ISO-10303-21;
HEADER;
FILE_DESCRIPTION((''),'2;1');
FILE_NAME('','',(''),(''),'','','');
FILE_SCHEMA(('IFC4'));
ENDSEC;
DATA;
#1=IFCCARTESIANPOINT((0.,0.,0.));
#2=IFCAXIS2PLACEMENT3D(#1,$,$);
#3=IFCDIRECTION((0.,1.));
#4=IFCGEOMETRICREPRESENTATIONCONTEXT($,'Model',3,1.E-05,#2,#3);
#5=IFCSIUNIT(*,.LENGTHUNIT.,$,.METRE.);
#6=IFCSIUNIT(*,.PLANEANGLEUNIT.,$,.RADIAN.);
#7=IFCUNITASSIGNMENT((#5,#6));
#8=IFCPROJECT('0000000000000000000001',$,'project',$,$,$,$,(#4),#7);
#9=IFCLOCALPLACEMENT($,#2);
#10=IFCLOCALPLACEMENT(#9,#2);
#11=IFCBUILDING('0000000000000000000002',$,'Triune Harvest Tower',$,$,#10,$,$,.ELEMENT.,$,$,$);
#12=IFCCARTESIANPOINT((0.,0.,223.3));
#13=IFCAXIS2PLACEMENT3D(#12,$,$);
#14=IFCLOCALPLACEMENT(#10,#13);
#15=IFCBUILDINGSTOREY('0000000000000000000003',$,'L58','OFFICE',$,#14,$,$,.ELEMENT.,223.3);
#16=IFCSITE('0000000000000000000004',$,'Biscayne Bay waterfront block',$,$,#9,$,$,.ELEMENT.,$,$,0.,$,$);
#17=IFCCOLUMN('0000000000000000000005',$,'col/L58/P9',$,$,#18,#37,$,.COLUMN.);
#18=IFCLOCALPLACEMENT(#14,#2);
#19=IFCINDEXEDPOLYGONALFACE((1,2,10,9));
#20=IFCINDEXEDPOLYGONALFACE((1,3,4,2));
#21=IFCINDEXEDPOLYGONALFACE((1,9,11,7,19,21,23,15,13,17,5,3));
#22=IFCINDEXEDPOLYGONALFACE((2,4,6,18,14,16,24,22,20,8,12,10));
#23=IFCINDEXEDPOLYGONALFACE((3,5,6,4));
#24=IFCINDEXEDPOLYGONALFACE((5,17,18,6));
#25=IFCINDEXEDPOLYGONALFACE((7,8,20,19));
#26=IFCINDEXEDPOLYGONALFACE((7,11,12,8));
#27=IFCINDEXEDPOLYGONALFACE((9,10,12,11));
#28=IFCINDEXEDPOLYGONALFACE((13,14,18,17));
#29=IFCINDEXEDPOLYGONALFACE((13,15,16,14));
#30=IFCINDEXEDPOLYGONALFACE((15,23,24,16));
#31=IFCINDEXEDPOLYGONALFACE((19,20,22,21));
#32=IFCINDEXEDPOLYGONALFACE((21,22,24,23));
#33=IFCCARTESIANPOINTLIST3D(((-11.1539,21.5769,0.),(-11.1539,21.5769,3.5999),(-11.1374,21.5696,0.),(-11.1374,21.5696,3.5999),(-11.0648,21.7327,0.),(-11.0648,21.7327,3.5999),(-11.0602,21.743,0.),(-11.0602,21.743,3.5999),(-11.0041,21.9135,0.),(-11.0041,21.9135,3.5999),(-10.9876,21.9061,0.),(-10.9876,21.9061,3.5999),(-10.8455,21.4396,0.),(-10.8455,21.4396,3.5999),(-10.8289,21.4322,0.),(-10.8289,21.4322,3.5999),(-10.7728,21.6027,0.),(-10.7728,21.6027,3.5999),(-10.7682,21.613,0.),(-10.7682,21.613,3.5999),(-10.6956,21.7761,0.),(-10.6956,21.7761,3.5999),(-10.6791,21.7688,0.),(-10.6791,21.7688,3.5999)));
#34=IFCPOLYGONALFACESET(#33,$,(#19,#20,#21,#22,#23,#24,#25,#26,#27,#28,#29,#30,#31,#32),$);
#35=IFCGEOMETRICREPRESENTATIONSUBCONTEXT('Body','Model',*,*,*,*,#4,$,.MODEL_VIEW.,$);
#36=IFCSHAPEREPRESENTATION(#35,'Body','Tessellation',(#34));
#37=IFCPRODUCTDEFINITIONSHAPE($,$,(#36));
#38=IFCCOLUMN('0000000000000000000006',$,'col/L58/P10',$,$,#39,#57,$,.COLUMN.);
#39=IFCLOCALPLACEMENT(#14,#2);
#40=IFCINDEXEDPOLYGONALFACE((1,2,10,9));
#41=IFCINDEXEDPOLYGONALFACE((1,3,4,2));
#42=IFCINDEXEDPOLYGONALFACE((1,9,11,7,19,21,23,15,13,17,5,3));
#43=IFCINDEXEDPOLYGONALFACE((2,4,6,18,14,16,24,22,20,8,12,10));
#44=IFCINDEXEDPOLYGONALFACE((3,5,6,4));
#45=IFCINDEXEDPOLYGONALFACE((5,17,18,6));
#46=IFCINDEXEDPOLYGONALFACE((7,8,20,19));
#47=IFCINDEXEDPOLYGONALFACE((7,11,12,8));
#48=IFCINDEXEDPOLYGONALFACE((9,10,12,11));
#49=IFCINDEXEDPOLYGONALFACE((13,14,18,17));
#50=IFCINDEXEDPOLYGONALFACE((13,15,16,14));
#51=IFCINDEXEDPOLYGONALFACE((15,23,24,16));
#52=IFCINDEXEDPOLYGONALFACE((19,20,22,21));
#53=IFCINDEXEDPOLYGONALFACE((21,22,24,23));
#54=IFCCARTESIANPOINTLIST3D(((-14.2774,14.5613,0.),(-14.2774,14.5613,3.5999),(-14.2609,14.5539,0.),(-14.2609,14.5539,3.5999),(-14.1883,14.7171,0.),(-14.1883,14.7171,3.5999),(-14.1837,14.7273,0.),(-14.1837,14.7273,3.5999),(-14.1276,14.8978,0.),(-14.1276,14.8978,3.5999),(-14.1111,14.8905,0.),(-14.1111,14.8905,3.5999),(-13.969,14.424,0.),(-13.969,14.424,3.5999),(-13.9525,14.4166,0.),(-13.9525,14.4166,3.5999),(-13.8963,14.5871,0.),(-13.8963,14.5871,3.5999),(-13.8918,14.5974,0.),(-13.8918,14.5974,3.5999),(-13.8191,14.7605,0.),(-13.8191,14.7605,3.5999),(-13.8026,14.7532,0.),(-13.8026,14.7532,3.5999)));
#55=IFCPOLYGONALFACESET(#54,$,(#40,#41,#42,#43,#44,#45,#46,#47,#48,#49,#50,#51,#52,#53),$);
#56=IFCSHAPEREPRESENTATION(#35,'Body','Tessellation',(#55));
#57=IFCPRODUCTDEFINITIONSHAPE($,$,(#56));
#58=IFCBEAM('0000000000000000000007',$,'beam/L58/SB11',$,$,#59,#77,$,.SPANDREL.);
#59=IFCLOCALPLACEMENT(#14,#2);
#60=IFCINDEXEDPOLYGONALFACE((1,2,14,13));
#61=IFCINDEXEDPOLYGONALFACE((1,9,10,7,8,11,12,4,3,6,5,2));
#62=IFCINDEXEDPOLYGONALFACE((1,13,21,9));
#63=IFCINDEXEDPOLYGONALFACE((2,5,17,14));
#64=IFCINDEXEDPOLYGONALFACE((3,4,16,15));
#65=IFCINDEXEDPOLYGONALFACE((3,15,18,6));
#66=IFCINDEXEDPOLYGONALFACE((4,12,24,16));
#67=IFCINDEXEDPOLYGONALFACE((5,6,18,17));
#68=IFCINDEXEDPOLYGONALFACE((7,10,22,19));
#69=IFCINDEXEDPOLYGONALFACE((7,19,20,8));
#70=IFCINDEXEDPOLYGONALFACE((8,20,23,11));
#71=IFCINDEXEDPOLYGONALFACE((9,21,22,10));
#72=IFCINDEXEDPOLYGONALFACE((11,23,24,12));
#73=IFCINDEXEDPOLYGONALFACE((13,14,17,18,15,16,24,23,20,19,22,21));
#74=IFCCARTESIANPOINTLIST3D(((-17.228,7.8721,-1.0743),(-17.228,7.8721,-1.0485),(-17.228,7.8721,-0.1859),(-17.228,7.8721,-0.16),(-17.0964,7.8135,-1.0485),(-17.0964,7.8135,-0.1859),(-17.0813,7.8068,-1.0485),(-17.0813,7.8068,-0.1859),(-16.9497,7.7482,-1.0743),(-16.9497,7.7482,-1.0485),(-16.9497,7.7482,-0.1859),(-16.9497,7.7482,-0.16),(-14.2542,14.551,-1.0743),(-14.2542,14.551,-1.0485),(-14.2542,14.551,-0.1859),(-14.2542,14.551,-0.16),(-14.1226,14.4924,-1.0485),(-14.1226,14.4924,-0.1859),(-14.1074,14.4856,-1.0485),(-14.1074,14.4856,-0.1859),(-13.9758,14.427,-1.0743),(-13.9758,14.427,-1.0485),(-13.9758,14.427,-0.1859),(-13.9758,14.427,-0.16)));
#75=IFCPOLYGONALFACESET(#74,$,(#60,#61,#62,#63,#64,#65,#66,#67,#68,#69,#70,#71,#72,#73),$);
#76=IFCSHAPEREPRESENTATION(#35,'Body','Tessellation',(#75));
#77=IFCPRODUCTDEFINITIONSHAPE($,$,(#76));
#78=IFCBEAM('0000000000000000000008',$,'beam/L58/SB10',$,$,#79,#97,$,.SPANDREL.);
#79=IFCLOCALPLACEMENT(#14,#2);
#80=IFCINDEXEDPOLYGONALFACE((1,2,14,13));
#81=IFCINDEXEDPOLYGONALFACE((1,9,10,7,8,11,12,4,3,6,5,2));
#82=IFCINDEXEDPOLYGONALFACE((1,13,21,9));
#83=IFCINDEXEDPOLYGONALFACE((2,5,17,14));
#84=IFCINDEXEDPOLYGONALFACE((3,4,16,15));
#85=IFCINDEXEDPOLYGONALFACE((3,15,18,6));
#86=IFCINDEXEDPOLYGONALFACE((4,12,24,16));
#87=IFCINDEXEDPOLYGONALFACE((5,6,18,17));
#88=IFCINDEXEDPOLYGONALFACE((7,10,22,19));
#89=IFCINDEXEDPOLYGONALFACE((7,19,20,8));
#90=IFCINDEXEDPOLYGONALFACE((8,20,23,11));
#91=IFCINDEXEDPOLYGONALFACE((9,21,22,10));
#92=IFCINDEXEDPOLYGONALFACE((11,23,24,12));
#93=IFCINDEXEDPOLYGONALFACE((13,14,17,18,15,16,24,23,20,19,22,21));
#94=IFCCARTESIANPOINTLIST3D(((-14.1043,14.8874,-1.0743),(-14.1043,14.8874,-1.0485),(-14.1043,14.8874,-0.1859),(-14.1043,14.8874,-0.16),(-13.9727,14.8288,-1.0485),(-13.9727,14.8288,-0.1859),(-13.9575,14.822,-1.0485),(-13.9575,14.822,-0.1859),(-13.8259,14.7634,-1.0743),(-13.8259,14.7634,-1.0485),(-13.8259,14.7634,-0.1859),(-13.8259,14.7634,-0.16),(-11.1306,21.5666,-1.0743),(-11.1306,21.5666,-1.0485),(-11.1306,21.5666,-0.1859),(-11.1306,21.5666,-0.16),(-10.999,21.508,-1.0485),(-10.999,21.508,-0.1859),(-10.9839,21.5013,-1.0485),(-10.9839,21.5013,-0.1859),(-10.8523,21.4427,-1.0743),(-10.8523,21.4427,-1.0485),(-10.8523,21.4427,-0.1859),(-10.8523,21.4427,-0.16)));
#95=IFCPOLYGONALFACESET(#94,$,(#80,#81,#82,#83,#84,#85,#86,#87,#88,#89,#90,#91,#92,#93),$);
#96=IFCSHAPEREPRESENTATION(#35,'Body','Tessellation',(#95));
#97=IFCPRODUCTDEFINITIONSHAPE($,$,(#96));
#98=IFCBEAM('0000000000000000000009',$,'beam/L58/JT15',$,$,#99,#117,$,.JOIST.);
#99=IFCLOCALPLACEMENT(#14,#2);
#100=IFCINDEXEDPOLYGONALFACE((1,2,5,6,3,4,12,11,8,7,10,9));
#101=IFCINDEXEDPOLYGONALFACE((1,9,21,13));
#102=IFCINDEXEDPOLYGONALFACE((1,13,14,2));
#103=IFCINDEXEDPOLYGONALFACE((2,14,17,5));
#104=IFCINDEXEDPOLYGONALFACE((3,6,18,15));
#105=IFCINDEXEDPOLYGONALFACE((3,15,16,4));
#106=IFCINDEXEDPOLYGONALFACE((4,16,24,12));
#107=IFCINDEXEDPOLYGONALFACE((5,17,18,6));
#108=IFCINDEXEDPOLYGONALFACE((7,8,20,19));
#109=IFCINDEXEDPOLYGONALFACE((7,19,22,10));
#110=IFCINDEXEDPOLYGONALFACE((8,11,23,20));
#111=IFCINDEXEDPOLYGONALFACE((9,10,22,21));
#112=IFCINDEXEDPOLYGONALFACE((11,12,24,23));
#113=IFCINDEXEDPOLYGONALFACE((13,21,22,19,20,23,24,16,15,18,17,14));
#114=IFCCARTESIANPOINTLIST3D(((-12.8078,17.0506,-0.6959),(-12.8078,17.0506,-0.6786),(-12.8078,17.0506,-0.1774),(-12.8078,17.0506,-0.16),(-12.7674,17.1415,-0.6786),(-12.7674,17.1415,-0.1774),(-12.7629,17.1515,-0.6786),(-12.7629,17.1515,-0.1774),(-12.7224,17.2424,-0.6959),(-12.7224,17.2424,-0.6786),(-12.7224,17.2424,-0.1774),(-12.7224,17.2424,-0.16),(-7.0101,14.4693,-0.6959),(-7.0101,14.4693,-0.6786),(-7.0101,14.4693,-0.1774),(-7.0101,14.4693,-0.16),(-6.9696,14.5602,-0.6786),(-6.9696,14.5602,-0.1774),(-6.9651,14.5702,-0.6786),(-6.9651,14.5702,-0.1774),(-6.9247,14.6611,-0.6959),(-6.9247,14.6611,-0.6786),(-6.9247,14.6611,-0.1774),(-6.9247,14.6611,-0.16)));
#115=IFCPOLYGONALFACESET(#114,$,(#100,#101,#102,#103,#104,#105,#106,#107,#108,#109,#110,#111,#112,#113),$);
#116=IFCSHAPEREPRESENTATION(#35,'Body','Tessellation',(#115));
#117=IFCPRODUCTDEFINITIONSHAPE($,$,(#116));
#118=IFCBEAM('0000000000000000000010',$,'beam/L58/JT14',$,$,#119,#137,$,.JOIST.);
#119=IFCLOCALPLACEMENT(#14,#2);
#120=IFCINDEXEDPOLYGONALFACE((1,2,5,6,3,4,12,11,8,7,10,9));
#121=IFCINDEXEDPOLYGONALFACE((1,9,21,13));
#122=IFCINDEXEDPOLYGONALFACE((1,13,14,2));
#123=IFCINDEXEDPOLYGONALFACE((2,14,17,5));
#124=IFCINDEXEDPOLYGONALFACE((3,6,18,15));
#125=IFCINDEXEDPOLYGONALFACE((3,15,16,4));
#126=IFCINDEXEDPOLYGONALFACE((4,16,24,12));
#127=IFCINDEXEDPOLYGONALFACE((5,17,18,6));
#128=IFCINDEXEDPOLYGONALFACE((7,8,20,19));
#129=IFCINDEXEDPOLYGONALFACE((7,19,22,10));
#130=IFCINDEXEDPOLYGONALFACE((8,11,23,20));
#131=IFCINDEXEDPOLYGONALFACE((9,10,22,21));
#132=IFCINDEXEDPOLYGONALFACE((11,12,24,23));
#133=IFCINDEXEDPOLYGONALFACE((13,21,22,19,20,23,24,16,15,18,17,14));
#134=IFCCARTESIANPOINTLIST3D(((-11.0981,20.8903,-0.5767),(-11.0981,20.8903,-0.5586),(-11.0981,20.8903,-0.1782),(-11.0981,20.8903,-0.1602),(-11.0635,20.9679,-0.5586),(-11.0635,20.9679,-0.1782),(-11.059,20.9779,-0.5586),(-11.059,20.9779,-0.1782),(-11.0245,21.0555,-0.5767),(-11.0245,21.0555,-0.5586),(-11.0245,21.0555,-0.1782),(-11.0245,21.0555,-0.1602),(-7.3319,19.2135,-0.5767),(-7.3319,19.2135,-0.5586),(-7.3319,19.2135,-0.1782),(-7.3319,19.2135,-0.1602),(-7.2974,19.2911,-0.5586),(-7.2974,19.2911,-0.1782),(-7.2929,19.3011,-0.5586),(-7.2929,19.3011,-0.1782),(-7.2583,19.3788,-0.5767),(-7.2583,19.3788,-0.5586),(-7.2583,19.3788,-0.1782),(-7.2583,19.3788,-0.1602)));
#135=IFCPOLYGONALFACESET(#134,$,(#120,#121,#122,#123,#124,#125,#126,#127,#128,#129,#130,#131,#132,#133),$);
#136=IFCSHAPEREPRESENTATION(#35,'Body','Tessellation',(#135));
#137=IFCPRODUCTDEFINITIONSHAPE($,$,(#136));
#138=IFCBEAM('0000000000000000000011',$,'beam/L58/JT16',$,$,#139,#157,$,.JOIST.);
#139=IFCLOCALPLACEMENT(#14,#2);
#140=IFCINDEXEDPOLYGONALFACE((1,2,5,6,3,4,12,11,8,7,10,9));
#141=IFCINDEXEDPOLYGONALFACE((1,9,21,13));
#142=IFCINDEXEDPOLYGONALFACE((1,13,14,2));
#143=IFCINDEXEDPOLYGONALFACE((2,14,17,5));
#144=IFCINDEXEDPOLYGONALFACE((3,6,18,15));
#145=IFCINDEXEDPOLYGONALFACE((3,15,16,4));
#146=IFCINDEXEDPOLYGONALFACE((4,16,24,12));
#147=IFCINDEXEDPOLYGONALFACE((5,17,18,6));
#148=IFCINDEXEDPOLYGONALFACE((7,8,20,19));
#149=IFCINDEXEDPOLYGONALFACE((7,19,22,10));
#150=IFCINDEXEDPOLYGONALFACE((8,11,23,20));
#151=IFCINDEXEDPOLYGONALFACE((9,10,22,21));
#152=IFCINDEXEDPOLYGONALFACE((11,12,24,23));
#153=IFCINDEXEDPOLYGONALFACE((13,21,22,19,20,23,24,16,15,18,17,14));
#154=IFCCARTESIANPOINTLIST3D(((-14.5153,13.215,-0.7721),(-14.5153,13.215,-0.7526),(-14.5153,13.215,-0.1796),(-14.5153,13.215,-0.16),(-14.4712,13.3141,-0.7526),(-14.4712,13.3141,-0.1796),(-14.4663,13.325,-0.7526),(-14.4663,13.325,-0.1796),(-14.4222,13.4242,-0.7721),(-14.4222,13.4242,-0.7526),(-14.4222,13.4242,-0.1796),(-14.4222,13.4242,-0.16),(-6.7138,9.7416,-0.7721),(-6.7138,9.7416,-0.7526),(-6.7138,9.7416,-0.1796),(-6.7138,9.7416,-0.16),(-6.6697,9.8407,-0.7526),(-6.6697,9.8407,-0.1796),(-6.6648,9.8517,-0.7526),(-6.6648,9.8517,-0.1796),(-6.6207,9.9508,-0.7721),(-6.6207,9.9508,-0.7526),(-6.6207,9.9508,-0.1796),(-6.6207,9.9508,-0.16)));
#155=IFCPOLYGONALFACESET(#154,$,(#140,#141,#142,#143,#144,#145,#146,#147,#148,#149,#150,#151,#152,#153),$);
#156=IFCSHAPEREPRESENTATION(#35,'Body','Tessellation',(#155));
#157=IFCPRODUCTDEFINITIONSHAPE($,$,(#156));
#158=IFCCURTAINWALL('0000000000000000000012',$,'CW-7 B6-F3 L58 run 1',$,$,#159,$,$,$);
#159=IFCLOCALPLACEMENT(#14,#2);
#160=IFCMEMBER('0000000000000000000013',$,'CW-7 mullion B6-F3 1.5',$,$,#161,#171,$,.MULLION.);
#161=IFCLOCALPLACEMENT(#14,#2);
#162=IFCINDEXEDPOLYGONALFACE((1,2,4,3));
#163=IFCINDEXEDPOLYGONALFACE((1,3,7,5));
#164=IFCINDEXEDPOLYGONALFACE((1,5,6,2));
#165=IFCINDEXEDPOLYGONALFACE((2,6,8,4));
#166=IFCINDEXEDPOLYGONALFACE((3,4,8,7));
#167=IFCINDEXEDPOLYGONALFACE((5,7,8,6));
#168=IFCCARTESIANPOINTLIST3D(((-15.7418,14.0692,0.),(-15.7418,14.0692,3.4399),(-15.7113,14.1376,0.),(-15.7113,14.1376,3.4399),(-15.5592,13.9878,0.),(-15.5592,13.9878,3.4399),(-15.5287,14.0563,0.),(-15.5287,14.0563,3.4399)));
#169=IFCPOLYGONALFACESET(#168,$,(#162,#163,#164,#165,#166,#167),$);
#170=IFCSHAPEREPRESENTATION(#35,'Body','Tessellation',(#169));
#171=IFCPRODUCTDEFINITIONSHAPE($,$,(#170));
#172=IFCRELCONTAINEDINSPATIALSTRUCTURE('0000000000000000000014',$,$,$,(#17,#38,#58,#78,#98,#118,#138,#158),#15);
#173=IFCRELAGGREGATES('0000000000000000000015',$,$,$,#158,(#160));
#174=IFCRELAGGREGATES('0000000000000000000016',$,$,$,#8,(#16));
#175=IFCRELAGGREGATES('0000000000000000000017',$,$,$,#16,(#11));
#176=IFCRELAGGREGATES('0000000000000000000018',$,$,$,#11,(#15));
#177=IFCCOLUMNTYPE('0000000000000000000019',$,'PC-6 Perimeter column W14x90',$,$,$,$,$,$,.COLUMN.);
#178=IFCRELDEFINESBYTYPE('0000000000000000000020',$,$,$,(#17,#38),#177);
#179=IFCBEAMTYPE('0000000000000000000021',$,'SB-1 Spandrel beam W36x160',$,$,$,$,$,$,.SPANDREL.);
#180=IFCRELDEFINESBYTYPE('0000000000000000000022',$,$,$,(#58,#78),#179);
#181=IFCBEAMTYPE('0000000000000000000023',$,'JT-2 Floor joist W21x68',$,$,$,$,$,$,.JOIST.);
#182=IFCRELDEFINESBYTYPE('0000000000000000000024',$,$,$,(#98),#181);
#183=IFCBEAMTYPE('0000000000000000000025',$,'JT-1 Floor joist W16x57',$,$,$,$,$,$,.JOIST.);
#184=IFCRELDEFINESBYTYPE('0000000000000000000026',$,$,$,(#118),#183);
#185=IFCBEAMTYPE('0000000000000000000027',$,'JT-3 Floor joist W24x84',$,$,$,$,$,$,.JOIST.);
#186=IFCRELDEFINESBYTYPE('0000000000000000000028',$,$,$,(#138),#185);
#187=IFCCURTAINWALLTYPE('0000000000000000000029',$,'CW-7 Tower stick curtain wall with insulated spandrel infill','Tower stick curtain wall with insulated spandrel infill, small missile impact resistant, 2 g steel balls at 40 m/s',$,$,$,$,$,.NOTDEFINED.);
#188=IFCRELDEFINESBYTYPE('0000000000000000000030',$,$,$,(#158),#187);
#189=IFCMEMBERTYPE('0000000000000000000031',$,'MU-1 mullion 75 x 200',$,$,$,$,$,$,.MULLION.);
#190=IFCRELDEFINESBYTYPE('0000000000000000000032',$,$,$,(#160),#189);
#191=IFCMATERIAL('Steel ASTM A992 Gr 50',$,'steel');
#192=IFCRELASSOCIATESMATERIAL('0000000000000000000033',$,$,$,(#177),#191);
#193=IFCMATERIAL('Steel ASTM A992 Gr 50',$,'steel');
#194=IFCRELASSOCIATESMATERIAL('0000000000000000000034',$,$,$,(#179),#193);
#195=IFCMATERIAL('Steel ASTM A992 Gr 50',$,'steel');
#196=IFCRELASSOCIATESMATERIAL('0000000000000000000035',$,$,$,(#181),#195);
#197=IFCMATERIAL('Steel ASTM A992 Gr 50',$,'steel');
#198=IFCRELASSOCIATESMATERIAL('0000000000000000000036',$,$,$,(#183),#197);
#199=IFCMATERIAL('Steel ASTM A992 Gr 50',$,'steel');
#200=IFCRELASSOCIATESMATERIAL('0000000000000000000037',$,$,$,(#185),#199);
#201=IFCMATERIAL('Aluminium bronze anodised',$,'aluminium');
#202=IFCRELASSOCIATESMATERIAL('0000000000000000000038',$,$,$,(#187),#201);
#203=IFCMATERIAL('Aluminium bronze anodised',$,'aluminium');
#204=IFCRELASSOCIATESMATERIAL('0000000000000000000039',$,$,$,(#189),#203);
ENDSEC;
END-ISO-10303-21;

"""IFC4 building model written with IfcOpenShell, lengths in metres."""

from ifc_helpers import new_model, si_unit, direction, frame, origin, origin_2d, place, context, subcontext, project, spatial, rectangle, i_section, extrude, source, transform, mapped, material, material_profile, profile_set, type_object, element, aggregate, save


model = new_model("IFC4")

# Units and contexts
model_context = context("Model", 3, precision=1e-05, world=origin(), true_north=direction((0.0, 1.0)))
body_context = subcontext(model_context, "Body", "Model", "MODEL_VIEW")
ifc_project = project(units=[si_unit("LENGTHUNIT", "METRE"), si_unit("PLANEANGLEUNIT", "RADIAN")], contexts=[model_context])

# Site, building, storey
site_placement = place(None, origin())
site = spatial("IfcSite", under=ifc_project, at=site_placement, Name="Biscayne Bay waterfront block", CompositionType="ELEMENT", RefElevation=0.0)
building_placement = place(site_placement, origin())
building = spatial("IfcBuilding", under=site, at=building_placement, Name="Triune Harvest Tower", CompositionType="ELEMENT")
storey_placement = place(building_placement, frame((0.0, 0.0, 223.3)))
storey = spatial("IfcBuildingStorey", under=building, at=storey_placement, Name="L58", Description="OFFICE", CompositionType="ELEMENT", Elevation=223.3)

# Columns
ifc_material_1 = material(Name="Steel ASTM A992 Gr 50", Category="steel")
ifc_material_profile_1 = material_profile(ifc_material_1, i_section(OverallWidth=0.3684, OverallDepth=0.3557, WebThickness=0.0112, FlangeThickness=0.0181, at=origin_2d()), Name="W14x90")
ifc_profile_set_1 = profile_set([ifc_material_profile_1], Name="Steel ASTM A992 Gr 50")
column_type = type_object("IfcColumnType", Name="PC-6 Perimeter column W14x90", PredefinedType="COLUMN", material=ifc_profile_set_1)
shared_shape_1 = source(origin(), body_context, "Body", "SweptSolid", [
    extrude(i_section(OverallWidth=0.3684, OverallDepth=0.3557, WebThickness=0.0112, FlangeThickness=0.0181, at=origin_2d()), origin(), (0.0, 0.0, 1.0), 3.5999),
])
for number, where, z_axis, x_axis, name in (
    (1, (-10.9165, 21.6729, 0.0), (0.0, 0.0, 1.0), (-0.406738, -0.913545, 0.0), "col/L58/P9"),
    (2, (-14.04, 14.6572, 0.0), (0.0, 0.0, 1.0), (-0.406738, -0.913545, 0.0), "col/L58/P10"),
):
    element("IfcColumn", number, at=place(storey_placement, frame(where, z_axis=z_axis, x_axis=x_axis)), inside=storey, type_object=column_type, Name=name, PredefinedType="COLUMN", context=body_context, shape_type="MappedRepresentation", body=[
        mapped(shared_shape_1, transform((0.0, 0.0, 0.0), scale=1.0)),
    ])

# Beams
ifc_material_2 = material(Name="Steel ASTM A992 Gr 50", Category="steel")
ifc_material_profile_2 = material_profile(ifc_material_2, i_section(OverallWidth=0.3047, OverallDepth=0.9143, WebThickness=0.0166, FlangeThickness=0.0259, at=origin_2d()), Name="W36x160")
ifc_profile_set_2 = profile_set([ifc_material_profile_2], Name="Steel ASTM A992 Gr 50")
beam_type_1 = type_object("IfcBeamType", Name="SB-1 Spandrel beam W36x160", PredefinedType="SPANDREL", material=ifc_profile_set_2)
shared_shape_2 = source(origin(), body_context, "Body", "SweptSolid", [
    extrude(i_section(OverallWidth=0.3047, OverallDepth=0.9143, WebThickness=0.0166, FlangeThickness=0.0259, at=origin_2d()), origin(), (0.0, 0.0, 1.0), 7.311),
])
beam_1_placement = place(storey_placement, frame((-14.115, 14.489, -0.6172), z_axis=(-0.406761, -0.913535, 0.0), x_axis=(0.913535, -0.406761, 0.0)))
element("IfcBeam", 3, at=beam_1_placement, inside=storey, type_object=beam_type_1, Name="beam/L58/SB11", PredefinedType="SPANDREL", context=body_context, shape_type="MappedRepresentation", body=[
    mapped(shared_shape_2, transform((0.0, 0.0, 0.0), scale=1.0)),
])
shared_shape_3 = source(origin(), body_context, "Body", "SweptSolid", [
    extrude(i_section(OverallWidth=0.3047, OverallDepth=0.9143, WebThickness=0.0166, FlangeThickness=0.0259, at=origin_2d()), origin(), (0.0, 0.0, 1.0), 7.3113),
])
beam_2_placement = place(storey_placement, frame((-10.9915, 21.5046, -0.6172), z_axis=(-0.406721, -0.913552, 0.0), x_axis=(0.913552, -0.406721, 0.0)))
element("IfcBeam", 4, at=beam_2_placement, inside=storey, type_object=beam_type_1, Name="beam/L58/SB10", PredefinedType="SPANDREL", context=body_context, shape_type="MappedRepresentation", body=[
    mapped(shared_shape_3, transform((0.0, 0.0, 0.0), scale=1.0)),
])
ifc_material_3 = material(Name="Steel ASTM A992 Gr 50", Category="steel")
ifc_material_profile_3 = material_profile(ifc_material_3, i_section(OverallWidth=0.21, OverallDepth=0.5359, WebThickness=0.011, FlangeThickness=0.0173, at=origin_2d()), Name="W21x68")
ifc_profile_set_3 = profile_set([ifc_material_profile_3], Name="Steel ASTM A992 Gr 50")
beam_type_2 = type_object("IfcBeamType", Name="JT-2 Floor joist W21x68", PredefinedType="JOIST", material=ifc_profile_set_3)
shared_shape_4 = source(origin(), body_context, "Body", "SweptSolid", [
    extrude(i_section(OverallWidth=0.21, OverallDepth=0.5359, WebThickness=0.011, FlangeThickness=0.0173, at=origin_2d()), origin(), (0.0, 0.0, 1.0), 6.3464),
])
beam_3_placement = place(storey_placement, frame((-12.7651, 17.1465, -0.428), z_axis=(0.91355, -0.406727, 0.0), x_axis=(0.406727, 0.91355, 0.0)))
element("IfcBeam", 5, at=beam_3_placement, inside=storey, type_object=beam_type_2, Name="beam/L58/JT15", PredefinedType="JOIST", context=body_context, shape_type="MappedRepresentation", body=[
    mapped(shared_shape_4, transform((0.0, 0.0, 0.0), scale=1.0)),
])
ifc_material_4 = material(Name="Steel ASTM A992 Gr 50", Category="steel")
ifc_material_profile_4 = material_profile(ifc_material_4, i_section(OverallWidth=0.1809, OverallDepth=0.4165, WebThickness=0.011, FlangeThickness=0.0181, at=origin_2d()), Name="W16x57")
ifc_profile_set_4 = profile_set([ifc_material_profile_4], Name="Steel ASTM A992 Gr 50")
beam_type_3 = type_object("IfcBeamType", Name="JT-1 Floor joist W16x57", PredefinedType="JOIST", material=ifc_profile_set_4)
shared_shape_5 = source(origin(), body_context, "Body", "SweptSolid", [
    extrude(i_section(OverallWidth=0.1809, OverallDepth=0.4165, WebThickness=0.011, FlangeThickness=0.0181, at=origin_2d()), origin(), (0.0, 0.0, 1.0), 4.1226),
])
beam_4_placement = place(storey_placement, frame((-11.0613, 20.9729, -0.3684), z_axis=(0.913548, -0.406732, 0.0), x_axis=(0.406732, 0.913548, 0.0)))
element("IfcBeam", 6, at=beam_4_placement, inside=storey, type_object=beam_type_3, Name="beam/L58/JT14", PredefinedType="JOIST", context=body_context, shape_type="MappedRepresentation", body=[
    mapped(shared_shape_5, transform((0.0, 0.0, 0.0), scale=1.0)),
])
ifc_material_5 = material(Name="Steel ASTM A992 Gr 50", Category="steel")
ifc_material_profile_5 = material_profile(ifc_material_5, i_section(OverallWidth=0.229, OverallDepth=0.6121, WebThickness=0.012, FlangeThickness=0.0195, at=origin_2d()), Name="W24x84")
ifc_profile_set_5 = profile_set([ifc_material_profile_5], Name="Steel ASTM A992 Gr 50")
beam_type_4 = type_object("IfcBeamType", Name="JT-3 Floor joist W24x84", PredefinedType="JOIST", material=ifc_profile_set_5)
shared_shape_6 = source(origin(), body_context, "Body", "SweptSolid", [
    extrude(i_section(OverallWidth=0.229, OverallDepth=0.6121, WebThickness=0.012, FlangeThickness=0.0195, at=origin_2d()), origin(), (0.0, 0.0, 1.0), 8.5398),
])
beam_5_placement = place(storey_placement, frame((-14.4688, 13.3196, -0.4661), z_axis=(0.913548, -0.40673, 0.0), x_axis=(0.40673, 0.913548, 0.0)))
element("IfcBeam", 7, at=beam_5_placement, inside=storey, type_object=beam_type_4, Name="beam/L58/JT16", PredefinedType="JOIST", context=body_context, shape_type="MappedRepresentation", body=[
    mapped(shared_shape_6, transform((0.0, 0.0, 0.0), scale=1.0)),
])

# Curtain wall, member
ifc_material_6 = material(Name="Aluminium bronze anodised", Category="aluminium")
curtain_wall_type_1 = type_object("IfcCurtainWallType", Name="CW-7 Tower stick curtain wall with insulated spandrel infill", Description="Tower stick curtain wall with insulated spandrel infill, small missile impact resistant, 2 g steel balls at 40 m/s", PredefinedType="NOTDEFINED", material=ifc_material_6)
curtain_wall_1_placement = place(storey_placement, origin())
curtain_wall_1 = element("IfcCurtainWall", 8, at=curtain_wall_1_placement, inside=storey, type_object=curtain_wall_type_1, Name="CW-7 B6-F3 L58 run 1")
ifc_material_7 = material(Name="Aluminium bronze anodised", Category="aluminium")
ifc_material_profile_6 = material_profile(ifc_material_7, rectangle(XDim=0.2, YDim=0.075, at=origin_2d()), Name="MU-1 mullion 75 x 200")
ifc_profile_set_6 = profile_set([ifc_material_profile_6], Name="Aluminium bronze anodised")
member_type_1 = type_object("IfcMemberType", Name="MU-1 mullion 75 x 200", PredefinedType="MULLION", material=ifc_profile_set_6)
shared_shape_7 = source(origin(), body_context, "Body", "SweptSolid", [
    extrude(rectangle(XDim=0.2, YDim=0.075, at=origin_2d()), origin(), (0.0, 0.0, 1.0), 3.4399),
])
member_1_placement = place(storey_placement, frame((-15.6353, 14.0627, 0.0), z_axis=(0.0, 0.0, 1.0), x_axis=(0.913546, -0.406736, 0.0)))
member_1 = element("IfcMember", 9, at=member_1_placement, type_object=member_type_1, Name="CW-7 mullion B6-F3 1.5", PredefinedType="MULLION", context=body_context, shape_type="MappedRepresentation", body=[
    mapped(shared_shape_7, transform((0.0, 0.0, 0.0), scale=1.0)),
])

aggregate(curtain_wall_1, [member_1])

save(model, "model.ifc")
